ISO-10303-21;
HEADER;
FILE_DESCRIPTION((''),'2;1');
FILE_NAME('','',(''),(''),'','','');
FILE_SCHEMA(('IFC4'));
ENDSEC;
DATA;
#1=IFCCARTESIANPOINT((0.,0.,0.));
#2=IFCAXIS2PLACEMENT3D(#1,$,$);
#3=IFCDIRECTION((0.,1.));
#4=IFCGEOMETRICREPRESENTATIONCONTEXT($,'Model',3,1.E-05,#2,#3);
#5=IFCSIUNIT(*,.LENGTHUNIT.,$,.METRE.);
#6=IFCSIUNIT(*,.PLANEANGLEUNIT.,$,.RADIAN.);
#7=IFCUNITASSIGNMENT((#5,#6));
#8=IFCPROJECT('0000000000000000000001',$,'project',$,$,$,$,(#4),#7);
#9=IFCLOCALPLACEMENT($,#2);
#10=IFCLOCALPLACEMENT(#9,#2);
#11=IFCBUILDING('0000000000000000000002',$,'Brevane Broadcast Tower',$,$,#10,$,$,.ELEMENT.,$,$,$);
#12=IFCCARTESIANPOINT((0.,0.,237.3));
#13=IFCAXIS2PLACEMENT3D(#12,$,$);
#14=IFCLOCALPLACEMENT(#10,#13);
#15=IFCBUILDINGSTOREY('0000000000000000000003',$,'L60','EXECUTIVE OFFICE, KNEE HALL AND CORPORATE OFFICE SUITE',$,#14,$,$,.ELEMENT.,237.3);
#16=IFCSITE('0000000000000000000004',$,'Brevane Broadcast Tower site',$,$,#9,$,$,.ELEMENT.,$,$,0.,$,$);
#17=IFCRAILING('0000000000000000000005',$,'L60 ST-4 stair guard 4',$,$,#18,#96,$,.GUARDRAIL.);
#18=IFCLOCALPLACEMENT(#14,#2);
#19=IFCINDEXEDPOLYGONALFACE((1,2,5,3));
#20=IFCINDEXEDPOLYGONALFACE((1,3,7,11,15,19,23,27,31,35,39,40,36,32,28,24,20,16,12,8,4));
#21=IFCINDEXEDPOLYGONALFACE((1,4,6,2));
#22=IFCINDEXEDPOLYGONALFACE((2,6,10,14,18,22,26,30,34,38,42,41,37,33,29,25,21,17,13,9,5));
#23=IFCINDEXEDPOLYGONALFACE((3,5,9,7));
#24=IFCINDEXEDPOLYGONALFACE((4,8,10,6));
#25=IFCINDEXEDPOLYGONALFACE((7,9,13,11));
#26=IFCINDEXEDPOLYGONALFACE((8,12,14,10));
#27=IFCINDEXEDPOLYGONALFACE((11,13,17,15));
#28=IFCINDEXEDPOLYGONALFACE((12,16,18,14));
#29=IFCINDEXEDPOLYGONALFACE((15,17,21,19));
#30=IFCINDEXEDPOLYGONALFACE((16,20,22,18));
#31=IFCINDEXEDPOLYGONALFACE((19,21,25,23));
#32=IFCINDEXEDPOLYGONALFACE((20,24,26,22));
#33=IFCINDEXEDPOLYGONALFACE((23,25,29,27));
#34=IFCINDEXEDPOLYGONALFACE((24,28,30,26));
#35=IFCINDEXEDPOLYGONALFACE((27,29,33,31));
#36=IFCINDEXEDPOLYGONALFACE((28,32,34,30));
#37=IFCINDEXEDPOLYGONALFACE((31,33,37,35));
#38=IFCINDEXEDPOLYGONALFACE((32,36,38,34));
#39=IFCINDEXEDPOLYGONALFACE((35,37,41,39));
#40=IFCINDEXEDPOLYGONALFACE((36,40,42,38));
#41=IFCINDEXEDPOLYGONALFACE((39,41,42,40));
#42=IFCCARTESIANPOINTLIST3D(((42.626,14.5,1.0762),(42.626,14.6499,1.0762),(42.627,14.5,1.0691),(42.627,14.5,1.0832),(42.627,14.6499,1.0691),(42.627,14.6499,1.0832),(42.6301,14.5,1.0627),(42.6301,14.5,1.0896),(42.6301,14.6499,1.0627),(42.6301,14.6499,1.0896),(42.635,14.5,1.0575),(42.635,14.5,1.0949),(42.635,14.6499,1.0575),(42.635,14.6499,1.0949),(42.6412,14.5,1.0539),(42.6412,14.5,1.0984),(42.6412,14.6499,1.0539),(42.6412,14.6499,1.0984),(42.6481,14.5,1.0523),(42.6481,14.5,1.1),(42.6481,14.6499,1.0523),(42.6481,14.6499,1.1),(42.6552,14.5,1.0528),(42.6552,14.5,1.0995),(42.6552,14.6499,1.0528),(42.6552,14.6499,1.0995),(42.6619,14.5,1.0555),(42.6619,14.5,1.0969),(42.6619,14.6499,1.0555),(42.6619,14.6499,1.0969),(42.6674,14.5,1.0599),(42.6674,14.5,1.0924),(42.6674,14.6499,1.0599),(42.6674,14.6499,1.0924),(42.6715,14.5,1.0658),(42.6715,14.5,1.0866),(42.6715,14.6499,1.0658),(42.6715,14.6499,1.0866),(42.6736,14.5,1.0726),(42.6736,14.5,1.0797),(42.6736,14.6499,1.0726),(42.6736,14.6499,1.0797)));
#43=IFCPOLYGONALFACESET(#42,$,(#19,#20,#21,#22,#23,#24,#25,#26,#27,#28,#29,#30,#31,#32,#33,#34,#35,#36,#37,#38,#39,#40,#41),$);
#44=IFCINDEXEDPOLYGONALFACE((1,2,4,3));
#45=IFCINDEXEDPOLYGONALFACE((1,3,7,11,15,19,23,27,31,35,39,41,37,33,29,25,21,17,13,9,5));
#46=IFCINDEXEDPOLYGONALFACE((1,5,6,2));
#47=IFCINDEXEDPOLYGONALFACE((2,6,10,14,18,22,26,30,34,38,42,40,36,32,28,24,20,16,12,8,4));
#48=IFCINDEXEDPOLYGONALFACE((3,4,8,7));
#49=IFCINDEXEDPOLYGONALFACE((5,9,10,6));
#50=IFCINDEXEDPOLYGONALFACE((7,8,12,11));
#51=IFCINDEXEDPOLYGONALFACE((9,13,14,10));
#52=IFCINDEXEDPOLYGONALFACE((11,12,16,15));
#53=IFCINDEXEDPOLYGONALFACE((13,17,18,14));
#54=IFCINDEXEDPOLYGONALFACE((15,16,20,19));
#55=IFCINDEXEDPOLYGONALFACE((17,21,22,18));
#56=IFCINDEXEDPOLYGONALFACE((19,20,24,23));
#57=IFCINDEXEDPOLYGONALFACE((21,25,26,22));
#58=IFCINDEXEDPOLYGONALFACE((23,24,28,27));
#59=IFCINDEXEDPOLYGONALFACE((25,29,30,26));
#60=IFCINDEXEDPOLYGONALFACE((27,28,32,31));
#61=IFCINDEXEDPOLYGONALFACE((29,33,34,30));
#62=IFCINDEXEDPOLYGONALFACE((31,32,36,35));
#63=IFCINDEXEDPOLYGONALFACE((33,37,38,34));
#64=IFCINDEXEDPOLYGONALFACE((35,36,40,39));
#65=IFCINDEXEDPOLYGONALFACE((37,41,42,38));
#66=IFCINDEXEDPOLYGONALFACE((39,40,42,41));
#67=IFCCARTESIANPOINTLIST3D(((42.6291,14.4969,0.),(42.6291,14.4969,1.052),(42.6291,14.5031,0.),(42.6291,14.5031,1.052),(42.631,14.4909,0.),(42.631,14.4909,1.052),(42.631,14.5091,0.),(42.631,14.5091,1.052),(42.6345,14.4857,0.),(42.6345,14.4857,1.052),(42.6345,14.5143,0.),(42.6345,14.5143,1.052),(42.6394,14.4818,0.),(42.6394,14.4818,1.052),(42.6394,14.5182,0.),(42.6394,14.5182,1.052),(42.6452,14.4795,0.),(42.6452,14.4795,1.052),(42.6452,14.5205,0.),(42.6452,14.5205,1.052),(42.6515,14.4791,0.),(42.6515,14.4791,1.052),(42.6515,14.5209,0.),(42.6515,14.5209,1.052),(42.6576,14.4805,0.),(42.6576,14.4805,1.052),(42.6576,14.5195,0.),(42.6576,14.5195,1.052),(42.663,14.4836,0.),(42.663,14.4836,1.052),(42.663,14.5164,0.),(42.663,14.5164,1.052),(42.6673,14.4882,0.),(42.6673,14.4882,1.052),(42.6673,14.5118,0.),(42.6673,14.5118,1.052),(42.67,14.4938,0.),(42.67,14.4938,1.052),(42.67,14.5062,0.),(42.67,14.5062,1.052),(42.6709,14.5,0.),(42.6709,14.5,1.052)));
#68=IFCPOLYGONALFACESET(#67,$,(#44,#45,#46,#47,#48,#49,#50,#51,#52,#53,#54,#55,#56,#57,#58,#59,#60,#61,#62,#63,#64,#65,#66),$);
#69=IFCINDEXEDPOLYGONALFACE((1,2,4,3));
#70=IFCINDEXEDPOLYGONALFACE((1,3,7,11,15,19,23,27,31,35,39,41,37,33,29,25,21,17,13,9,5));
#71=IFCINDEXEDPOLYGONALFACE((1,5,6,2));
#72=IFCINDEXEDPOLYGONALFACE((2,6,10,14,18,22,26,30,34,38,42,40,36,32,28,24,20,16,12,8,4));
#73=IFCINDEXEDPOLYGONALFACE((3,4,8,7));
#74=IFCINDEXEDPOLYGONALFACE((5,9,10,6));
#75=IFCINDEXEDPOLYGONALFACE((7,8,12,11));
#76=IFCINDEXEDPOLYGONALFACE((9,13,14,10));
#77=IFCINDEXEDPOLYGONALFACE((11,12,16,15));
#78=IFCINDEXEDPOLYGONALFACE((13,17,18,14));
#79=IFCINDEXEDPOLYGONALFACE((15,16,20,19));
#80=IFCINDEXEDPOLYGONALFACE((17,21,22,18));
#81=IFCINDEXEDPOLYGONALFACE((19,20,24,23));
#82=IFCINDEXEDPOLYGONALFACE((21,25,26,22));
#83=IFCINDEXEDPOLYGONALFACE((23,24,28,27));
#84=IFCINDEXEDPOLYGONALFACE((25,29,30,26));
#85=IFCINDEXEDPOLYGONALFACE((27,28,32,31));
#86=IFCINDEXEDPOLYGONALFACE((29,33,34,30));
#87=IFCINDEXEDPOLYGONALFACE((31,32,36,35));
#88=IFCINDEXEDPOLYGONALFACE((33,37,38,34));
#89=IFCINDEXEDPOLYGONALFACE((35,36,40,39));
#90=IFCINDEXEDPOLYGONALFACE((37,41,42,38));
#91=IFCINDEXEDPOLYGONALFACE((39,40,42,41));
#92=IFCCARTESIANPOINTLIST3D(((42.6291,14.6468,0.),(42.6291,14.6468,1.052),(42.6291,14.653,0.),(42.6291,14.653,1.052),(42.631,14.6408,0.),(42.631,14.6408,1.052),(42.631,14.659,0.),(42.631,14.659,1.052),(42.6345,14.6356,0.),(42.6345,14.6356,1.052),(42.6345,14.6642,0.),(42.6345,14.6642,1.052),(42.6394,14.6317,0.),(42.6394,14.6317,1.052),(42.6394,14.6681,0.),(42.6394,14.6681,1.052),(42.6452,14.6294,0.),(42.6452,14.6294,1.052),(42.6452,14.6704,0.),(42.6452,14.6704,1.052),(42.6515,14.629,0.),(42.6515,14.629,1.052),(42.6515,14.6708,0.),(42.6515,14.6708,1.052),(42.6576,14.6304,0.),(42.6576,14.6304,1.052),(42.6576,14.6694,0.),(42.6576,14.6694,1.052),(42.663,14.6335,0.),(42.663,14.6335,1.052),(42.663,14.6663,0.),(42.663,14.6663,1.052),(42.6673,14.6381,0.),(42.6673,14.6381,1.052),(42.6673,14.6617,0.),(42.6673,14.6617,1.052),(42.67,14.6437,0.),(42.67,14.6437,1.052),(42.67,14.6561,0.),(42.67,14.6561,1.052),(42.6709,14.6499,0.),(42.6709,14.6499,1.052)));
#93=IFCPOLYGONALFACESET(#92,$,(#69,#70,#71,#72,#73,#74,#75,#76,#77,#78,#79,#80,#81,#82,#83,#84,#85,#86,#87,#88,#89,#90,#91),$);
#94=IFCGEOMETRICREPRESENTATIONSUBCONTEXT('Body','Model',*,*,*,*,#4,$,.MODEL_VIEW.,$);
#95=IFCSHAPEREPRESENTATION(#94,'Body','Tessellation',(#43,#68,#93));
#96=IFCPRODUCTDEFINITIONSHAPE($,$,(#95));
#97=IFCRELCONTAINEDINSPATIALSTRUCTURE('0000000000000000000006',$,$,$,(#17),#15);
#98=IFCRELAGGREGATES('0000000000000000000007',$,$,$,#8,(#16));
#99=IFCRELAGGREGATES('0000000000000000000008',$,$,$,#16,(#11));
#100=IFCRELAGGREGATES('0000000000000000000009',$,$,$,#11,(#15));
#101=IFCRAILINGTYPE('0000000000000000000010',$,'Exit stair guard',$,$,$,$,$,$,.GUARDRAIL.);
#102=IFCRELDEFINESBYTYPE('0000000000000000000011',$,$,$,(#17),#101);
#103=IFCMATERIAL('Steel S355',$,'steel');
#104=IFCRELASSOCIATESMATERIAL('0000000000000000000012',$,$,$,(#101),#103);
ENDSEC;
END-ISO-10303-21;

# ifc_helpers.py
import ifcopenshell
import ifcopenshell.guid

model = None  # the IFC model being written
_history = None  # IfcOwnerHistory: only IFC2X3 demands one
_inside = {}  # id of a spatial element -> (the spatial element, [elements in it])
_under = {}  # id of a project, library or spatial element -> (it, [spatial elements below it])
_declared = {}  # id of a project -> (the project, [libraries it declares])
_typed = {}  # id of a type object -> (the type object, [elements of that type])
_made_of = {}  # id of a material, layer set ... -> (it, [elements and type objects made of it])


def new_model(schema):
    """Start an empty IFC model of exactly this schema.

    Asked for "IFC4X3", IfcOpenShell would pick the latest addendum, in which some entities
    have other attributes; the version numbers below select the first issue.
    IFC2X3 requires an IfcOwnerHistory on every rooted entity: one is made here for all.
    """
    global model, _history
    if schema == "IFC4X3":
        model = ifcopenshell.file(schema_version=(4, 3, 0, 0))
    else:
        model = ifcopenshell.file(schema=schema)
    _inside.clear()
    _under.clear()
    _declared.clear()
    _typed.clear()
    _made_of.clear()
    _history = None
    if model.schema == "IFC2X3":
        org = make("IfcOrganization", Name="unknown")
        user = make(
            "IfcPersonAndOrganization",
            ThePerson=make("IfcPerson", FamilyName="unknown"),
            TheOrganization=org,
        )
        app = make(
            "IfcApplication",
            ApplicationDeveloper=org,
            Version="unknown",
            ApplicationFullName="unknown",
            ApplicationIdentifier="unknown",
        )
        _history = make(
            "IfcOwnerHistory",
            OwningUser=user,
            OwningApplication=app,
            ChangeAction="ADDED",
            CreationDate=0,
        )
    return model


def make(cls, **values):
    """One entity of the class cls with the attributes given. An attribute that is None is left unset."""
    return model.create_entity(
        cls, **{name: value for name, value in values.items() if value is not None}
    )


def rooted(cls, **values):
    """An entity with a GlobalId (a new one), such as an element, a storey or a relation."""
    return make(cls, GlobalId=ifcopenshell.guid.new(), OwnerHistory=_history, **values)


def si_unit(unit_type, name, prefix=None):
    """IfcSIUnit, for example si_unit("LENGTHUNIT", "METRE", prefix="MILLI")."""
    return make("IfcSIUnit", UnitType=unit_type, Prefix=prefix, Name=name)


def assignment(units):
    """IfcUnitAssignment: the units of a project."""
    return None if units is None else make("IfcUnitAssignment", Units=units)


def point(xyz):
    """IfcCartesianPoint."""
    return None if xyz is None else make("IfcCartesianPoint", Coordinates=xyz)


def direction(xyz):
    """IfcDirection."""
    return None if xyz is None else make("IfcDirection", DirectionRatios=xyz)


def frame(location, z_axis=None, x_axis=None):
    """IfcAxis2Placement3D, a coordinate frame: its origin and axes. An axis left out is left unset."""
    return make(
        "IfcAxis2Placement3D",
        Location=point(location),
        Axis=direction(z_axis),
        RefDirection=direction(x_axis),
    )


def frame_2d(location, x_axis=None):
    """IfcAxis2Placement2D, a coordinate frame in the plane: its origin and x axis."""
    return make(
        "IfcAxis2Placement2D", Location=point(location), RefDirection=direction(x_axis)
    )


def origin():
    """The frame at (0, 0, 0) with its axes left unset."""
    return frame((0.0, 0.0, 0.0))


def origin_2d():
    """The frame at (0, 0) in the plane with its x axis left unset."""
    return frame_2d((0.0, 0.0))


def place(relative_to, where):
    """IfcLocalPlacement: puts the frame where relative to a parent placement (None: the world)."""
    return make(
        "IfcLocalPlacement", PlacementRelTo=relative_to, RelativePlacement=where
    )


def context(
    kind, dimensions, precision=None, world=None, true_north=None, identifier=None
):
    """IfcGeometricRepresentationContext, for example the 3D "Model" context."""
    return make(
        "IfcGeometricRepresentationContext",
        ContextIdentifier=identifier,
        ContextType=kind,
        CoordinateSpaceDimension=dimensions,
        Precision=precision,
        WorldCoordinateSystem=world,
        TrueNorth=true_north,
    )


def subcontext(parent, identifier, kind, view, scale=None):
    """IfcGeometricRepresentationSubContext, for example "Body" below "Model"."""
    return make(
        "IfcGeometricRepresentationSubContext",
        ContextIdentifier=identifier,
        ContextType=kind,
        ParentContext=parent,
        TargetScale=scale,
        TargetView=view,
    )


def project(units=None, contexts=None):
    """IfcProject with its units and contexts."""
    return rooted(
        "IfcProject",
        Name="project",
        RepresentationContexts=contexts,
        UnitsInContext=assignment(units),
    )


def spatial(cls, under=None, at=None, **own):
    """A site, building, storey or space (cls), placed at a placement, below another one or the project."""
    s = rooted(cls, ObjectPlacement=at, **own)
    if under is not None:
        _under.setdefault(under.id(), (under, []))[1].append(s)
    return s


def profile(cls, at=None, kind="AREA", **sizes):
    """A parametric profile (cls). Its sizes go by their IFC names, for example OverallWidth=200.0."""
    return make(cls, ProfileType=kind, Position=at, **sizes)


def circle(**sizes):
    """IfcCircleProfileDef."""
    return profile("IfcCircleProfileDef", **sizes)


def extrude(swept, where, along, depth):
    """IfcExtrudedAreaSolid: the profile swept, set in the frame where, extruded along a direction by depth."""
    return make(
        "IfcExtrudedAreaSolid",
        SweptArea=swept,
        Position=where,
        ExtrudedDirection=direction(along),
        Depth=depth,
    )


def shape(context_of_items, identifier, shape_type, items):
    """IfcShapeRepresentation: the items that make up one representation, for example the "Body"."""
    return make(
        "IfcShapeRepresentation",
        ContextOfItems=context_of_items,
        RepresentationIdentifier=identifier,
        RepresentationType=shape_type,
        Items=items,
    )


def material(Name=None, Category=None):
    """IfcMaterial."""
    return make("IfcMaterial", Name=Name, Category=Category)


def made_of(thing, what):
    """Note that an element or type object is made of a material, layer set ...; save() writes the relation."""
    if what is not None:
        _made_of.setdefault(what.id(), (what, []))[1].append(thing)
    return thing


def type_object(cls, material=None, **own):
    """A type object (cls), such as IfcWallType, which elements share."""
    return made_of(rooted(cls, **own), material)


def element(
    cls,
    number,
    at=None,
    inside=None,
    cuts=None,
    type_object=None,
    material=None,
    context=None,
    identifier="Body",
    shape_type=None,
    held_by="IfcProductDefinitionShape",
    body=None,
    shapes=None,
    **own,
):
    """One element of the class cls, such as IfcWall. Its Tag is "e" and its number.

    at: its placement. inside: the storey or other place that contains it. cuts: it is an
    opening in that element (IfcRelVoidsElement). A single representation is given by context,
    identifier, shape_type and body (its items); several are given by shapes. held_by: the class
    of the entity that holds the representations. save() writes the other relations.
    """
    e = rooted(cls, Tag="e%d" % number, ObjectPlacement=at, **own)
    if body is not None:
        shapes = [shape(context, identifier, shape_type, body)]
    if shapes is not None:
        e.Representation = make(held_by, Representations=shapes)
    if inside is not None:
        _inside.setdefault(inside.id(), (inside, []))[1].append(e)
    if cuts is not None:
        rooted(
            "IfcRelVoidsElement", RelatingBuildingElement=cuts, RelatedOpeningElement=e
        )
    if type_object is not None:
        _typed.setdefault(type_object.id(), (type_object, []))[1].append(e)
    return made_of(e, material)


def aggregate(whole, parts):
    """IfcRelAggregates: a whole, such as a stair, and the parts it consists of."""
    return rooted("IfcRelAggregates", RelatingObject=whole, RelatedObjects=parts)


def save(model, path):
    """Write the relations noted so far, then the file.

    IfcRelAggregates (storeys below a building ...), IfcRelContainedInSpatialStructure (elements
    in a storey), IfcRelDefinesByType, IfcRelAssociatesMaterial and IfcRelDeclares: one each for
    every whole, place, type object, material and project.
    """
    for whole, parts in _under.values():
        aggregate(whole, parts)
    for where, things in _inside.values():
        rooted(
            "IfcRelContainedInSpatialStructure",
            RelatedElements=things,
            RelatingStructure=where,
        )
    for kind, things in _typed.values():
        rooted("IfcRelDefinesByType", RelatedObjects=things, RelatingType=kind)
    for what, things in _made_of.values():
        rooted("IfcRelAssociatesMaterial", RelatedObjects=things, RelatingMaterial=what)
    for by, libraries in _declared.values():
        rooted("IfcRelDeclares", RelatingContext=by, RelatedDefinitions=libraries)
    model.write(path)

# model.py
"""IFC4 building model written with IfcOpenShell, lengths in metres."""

from ifc_helpers import new_model, si_unit, direction, frame, origin, origin_2d, place, context, subcontext, project, spatial, circle, extrude, material, type_object, element, save


model = new_model("IFC4")

# Units and contexts
model_context = context("Model", 3, precision=1e-05, world=origin(), true_north=direction((0.0, 1.0)))
body_context = subcontext(model_context, "Body", "Model", "MODEL_VIEW")
ifc_project = project(units=[si_unit("LENGTHUNIT", "METRE"), si_unit("PLANEANGLEUNIT", "RADIAN")], contexts=[model_context])

# Site, building, storey
site_placement = place(None, origin())
site = spatial("IfcSite", under=ifc_project, at=site_placement, Name="Brevane Broadcast Tower site", CompositionType="ELEMENT", RefElevation=0.0)
building_placement = place(site_placement, origin())
building = spatial("IfcBuilding", under=site, at=building_placement, Name="Brevane Broadcast Tower", CompositionType="ELEMENT")
storey_placement = place(building_placement, frame((0.0, 0.0, 237.3)))
storey = spatial("IfcBuildingStorey", under=building, at=storey_placement, Name="L60", Description="EXECUTIVE OFFICE, KNEE HALL AND CORPORATE OFFICE SUITE", CompositionType="ELEMENT", Elevation=237.3)

# Railing
ifc_material_1 = material(Name="Steel S355", Category="steel")
railing_type_1 = type_object("IfcRailingType", Name="Exit stair guard", PredefinedType="GUARDRAIL", material=ifc_material_1)
railing_1_placement = place(storey_placement, frame((42.6499, 14.5, 0.0)))
element("IfcRailing", 1, at=railing_1_placement, inside=storey, type_object=railing_type_1, Name="L60 ST-4 stair guard 4", PredefinedType="GUARDRAIL", context=body_context, shape_type="SweptSolid", body=[
    extrude(circle(Radius=0.0239, at=origin_2d()), frame((0.0, 0.0, 1.0762), z_axis=(0.0, 1.0, 0.0), x_axis=(-1.0, 0.0, 0.0)), (0.0, 0.0, 1.0), 0.1499),
    extrude(circle(Radius=0.021, at=origin_2d()), origin(), (0.0, 0.0, 1.0), 1.052),
    extrude(circle(Radius=0.021, at=origin_2d()), frame((0.0, 0.1499, 0.0)), (0.0, 0.0, 1.0), 1.052),
])

save(model, "model.ifc")
